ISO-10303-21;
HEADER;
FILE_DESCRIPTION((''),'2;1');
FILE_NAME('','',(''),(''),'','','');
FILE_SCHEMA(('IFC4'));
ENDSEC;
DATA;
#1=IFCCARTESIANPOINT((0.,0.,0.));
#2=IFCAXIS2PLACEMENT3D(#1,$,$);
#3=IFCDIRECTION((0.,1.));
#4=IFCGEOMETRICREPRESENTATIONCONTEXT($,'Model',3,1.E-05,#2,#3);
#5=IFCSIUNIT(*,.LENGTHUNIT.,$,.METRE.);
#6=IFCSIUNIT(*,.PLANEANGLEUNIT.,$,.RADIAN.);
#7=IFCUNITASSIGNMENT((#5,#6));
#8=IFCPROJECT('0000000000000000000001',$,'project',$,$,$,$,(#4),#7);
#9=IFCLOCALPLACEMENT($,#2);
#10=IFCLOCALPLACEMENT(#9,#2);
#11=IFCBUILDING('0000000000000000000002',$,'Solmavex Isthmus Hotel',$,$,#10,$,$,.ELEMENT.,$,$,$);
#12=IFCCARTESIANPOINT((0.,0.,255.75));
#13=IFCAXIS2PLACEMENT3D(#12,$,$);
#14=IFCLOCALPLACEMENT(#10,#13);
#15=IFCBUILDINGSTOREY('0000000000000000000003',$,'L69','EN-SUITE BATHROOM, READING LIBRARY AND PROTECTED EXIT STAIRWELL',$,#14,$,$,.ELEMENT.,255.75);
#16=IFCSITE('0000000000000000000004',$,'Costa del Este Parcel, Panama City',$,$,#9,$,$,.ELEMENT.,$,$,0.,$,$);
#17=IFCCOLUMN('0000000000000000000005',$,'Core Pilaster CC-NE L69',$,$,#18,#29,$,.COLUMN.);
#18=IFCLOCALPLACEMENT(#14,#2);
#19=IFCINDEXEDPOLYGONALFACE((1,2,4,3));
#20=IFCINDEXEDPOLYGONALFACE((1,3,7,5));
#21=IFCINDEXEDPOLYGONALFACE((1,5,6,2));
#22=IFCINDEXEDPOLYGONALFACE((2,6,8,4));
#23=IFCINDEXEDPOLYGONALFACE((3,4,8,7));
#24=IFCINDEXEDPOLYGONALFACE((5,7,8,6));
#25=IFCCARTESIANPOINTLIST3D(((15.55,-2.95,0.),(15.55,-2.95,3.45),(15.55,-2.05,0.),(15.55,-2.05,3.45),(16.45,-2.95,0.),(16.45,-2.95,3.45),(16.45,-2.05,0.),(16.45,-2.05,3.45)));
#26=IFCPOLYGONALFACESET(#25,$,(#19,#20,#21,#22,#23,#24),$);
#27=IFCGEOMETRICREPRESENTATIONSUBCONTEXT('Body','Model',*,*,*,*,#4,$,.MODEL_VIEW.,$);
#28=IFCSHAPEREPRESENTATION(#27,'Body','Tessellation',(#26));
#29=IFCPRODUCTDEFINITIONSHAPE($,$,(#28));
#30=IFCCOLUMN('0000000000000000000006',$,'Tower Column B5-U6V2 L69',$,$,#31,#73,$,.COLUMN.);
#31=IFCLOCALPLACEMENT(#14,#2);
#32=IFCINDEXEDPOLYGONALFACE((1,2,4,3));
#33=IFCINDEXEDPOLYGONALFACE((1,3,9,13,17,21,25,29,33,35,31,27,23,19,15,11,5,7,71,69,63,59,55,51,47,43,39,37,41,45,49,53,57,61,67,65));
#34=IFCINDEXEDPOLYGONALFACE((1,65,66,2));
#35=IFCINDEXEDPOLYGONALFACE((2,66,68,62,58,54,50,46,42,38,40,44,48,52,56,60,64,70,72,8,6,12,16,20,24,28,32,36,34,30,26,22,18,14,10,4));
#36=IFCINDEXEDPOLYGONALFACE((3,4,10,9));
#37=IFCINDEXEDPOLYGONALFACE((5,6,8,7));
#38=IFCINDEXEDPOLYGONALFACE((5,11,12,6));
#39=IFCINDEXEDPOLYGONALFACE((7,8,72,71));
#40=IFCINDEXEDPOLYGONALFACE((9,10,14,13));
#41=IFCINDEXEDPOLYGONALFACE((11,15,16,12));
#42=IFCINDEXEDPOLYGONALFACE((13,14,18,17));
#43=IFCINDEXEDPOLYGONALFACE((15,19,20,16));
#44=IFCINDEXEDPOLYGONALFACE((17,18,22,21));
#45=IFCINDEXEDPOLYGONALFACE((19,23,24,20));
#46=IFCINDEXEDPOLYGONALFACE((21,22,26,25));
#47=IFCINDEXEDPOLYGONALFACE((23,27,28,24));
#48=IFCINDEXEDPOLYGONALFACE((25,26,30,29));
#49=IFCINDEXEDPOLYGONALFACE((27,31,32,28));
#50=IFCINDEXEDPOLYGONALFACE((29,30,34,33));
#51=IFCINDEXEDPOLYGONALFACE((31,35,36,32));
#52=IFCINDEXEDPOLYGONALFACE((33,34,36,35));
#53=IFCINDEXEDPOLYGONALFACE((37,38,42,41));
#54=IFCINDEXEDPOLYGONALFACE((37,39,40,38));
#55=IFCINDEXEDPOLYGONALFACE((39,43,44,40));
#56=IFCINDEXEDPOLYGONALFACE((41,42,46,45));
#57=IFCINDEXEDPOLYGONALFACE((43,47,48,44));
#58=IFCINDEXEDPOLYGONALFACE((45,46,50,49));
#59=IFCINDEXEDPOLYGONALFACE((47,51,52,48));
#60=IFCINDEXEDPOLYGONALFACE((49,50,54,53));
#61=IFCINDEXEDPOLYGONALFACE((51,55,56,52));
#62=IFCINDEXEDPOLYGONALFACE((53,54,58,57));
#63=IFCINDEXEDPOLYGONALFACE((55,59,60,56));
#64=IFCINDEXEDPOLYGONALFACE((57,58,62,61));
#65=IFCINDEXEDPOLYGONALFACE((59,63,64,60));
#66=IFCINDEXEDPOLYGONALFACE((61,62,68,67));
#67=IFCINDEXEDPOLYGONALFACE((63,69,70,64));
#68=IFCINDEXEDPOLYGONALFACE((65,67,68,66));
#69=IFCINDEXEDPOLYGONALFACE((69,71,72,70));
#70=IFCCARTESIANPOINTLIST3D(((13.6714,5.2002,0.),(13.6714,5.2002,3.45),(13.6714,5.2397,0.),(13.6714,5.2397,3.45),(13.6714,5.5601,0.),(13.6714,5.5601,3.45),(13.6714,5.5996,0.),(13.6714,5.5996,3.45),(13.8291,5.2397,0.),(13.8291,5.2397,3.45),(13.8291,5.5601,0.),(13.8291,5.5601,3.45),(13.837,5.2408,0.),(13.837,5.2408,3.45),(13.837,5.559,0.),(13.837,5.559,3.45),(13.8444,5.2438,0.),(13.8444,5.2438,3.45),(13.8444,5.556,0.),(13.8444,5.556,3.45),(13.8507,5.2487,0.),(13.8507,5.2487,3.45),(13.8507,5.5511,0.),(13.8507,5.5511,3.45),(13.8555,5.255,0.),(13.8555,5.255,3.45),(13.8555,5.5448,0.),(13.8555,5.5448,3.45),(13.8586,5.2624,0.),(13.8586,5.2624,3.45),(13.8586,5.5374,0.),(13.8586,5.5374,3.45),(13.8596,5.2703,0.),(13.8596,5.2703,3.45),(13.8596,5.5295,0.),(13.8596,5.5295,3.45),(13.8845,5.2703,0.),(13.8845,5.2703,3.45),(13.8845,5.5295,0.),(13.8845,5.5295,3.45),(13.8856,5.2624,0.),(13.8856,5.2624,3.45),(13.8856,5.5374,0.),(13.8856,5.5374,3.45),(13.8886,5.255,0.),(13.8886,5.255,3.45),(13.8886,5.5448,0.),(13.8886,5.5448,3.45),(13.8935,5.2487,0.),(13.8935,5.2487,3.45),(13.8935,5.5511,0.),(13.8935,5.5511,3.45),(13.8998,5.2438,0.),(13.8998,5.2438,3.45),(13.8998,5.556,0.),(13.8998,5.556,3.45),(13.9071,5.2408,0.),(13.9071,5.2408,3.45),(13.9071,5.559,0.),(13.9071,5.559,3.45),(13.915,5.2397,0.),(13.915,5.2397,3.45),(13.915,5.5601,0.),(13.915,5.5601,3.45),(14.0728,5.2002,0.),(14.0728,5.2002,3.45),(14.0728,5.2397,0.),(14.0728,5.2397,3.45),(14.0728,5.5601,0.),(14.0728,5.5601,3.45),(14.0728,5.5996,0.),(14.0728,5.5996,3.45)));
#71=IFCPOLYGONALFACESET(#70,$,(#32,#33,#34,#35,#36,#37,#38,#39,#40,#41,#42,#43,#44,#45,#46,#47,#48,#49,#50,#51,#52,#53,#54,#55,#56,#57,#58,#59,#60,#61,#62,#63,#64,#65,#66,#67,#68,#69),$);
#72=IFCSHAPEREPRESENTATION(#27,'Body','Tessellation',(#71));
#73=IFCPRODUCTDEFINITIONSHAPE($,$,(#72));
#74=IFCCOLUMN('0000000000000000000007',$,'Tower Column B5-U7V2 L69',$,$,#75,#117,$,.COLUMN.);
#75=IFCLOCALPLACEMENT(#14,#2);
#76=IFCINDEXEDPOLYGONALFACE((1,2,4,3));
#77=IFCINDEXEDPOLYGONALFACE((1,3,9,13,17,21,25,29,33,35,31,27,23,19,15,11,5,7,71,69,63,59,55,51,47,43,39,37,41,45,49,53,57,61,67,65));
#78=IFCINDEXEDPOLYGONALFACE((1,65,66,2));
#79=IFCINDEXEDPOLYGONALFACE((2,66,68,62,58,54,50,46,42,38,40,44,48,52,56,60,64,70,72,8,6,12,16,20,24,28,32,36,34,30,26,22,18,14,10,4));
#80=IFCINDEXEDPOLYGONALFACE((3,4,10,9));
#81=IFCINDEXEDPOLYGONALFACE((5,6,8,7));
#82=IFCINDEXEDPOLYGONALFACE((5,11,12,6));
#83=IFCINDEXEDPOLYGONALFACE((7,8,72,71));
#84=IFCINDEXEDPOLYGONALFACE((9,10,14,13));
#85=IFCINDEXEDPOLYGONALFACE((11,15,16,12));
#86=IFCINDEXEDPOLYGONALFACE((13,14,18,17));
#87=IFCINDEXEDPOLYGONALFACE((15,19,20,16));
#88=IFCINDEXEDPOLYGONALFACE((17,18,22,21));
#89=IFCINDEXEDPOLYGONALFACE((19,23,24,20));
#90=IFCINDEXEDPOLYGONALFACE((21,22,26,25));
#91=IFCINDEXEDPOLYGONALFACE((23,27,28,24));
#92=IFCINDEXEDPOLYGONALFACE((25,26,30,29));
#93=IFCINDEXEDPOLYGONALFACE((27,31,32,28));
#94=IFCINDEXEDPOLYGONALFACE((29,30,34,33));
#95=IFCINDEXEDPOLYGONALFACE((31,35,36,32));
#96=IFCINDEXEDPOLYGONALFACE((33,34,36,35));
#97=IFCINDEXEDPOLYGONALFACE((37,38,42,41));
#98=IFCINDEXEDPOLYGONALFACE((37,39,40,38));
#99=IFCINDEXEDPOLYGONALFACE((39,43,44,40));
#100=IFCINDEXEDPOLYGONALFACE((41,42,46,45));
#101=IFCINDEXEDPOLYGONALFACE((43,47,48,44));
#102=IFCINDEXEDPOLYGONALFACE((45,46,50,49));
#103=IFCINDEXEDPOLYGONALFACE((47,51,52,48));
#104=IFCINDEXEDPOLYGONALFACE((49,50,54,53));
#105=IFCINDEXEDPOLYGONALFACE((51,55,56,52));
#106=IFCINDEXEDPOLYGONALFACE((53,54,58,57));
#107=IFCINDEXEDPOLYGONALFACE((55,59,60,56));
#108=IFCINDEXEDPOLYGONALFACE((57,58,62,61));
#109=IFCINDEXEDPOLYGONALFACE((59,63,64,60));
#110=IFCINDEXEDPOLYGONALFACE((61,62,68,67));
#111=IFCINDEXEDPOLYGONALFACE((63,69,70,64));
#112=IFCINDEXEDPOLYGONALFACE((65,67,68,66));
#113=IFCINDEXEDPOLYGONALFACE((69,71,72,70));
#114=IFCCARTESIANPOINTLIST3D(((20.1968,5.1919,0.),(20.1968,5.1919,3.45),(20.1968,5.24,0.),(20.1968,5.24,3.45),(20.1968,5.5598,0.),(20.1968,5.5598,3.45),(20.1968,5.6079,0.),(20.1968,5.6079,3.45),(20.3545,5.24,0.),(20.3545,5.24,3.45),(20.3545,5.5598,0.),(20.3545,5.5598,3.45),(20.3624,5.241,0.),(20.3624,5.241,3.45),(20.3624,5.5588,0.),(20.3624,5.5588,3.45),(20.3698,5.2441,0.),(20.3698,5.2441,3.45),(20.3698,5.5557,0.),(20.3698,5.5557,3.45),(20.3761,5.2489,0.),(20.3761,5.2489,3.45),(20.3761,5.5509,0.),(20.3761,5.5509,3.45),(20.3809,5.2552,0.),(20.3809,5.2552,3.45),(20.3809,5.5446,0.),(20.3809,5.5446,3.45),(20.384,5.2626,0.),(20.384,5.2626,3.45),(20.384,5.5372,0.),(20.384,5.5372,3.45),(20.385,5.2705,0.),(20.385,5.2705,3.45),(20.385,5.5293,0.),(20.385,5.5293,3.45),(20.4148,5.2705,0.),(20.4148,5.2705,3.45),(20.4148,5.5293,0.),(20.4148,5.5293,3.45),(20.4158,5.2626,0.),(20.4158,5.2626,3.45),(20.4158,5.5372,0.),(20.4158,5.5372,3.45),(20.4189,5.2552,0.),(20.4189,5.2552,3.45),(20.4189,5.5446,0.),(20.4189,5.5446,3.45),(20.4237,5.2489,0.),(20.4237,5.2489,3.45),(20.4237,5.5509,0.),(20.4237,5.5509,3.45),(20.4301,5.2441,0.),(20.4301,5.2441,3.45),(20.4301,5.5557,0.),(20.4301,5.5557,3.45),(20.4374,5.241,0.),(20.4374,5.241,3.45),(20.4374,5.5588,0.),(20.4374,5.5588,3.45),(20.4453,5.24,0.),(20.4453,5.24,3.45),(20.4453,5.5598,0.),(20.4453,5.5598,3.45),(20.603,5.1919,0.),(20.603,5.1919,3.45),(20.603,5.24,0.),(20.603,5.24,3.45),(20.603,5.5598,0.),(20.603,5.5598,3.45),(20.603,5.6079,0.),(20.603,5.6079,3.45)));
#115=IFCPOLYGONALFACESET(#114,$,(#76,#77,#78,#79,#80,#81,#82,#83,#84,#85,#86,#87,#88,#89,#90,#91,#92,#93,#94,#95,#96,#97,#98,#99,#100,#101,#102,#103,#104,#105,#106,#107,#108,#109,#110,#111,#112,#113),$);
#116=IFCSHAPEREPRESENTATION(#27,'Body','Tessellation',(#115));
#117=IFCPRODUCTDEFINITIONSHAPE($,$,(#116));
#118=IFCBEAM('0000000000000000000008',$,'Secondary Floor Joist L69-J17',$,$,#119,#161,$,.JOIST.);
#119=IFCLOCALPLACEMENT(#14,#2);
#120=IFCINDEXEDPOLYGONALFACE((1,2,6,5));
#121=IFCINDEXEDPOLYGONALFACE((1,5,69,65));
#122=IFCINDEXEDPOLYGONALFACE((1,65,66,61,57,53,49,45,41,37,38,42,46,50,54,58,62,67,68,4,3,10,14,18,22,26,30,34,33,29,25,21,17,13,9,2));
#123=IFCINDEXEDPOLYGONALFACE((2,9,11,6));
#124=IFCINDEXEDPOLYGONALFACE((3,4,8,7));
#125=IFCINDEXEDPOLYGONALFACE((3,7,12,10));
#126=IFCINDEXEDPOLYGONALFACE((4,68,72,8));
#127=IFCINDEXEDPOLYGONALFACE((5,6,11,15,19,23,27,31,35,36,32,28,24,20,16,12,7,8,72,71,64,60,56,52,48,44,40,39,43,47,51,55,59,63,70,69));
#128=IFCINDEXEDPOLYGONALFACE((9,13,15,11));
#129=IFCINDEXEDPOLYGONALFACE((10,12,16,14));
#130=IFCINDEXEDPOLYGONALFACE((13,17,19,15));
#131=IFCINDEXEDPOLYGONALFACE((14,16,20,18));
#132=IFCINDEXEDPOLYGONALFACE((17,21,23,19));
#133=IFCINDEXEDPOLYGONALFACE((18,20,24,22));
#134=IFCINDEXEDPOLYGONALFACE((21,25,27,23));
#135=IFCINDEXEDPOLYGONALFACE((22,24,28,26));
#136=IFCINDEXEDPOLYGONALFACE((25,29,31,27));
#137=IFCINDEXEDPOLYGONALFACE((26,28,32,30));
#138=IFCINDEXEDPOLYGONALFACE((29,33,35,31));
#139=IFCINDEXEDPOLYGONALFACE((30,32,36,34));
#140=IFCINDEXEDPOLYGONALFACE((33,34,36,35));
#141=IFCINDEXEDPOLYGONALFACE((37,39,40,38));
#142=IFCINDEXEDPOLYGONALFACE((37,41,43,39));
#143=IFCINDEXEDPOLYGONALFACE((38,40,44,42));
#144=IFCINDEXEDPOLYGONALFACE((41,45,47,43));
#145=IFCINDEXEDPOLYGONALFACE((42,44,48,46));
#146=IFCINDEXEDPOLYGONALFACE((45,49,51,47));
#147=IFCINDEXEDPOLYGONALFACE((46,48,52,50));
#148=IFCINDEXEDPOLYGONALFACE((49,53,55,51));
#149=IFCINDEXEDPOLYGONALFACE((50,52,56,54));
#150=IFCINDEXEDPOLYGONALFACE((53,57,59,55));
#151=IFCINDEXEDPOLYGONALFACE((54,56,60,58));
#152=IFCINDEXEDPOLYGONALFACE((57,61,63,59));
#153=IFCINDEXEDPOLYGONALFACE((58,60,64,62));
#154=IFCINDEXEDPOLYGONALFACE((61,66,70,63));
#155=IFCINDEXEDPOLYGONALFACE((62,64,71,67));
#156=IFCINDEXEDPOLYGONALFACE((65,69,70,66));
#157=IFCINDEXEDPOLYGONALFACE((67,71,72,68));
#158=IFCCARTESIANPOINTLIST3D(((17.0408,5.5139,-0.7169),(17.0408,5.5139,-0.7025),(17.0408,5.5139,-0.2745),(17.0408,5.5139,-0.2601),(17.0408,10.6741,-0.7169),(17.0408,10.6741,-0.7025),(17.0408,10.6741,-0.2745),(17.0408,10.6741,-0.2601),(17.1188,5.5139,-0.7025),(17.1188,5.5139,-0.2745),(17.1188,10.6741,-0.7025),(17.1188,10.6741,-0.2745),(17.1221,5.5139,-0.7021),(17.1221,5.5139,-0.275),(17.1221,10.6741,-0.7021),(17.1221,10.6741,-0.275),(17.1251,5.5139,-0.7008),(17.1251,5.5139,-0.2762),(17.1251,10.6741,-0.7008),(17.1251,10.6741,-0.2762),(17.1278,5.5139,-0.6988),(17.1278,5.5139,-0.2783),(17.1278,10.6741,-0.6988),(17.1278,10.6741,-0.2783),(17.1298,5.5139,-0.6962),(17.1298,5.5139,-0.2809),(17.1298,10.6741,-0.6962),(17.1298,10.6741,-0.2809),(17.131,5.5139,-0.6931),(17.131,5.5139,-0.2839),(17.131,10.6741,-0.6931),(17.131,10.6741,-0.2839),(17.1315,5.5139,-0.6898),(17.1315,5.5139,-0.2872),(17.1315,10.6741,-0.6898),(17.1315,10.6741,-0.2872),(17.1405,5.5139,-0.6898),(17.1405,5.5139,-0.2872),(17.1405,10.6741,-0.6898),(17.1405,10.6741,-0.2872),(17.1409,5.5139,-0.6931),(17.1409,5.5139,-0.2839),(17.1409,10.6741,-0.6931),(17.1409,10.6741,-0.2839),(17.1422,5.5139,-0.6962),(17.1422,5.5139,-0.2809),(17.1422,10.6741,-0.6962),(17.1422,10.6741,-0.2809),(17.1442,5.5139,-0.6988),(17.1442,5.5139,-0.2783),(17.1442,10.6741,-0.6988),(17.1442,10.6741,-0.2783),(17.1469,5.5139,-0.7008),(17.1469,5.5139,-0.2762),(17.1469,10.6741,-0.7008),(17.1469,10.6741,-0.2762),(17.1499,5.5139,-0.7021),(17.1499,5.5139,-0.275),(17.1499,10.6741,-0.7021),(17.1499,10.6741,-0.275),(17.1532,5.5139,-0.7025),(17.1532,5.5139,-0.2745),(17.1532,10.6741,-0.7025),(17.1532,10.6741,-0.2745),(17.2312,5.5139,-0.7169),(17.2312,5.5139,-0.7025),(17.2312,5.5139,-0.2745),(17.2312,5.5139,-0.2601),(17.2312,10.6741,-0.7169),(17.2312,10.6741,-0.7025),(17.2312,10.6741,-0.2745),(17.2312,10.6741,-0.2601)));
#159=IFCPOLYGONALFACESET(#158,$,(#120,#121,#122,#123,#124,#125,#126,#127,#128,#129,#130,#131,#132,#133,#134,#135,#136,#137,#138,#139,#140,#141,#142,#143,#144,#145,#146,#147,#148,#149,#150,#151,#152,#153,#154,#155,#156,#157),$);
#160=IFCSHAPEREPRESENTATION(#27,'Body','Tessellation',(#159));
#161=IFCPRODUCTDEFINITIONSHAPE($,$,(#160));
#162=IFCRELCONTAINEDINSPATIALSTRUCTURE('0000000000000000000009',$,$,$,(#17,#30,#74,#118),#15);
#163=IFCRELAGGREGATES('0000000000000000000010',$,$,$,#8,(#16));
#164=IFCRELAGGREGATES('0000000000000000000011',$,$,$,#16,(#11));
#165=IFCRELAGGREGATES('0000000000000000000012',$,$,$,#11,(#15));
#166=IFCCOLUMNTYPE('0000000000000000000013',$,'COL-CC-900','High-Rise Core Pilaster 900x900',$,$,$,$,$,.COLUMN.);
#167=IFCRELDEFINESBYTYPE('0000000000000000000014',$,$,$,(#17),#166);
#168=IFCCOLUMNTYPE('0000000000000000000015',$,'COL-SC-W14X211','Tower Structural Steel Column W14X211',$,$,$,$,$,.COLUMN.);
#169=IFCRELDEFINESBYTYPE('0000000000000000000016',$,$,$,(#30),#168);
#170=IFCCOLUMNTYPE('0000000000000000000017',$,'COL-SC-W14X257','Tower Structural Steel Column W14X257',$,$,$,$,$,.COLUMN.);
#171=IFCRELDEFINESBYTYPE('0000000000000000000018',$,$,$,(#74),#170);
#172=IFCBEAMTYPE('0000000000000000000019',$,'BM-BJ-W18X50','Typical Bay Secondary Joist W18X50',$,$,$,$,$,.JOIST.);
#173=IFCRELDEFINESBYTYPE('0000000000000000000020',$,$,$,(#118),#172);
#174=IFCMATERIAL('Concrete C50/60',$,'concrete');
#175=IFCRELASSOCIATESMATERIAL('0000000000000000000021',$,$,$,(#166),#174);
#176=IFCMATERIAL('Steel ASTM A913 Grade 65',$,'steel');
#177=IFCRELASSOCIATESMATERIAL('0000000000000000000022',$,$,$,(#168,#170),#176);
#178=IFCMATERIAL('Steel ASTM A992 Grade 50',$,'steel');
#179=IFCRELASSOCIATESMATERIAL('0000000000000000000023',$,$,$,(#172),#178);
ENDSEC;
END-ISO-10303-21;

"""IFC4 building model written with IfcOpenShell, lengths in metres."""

from ifc_helpers import new_model, si_unit, direction, frame, origin, origin_2d, place, context, subcontext, project, spatial, rectangle, i_section, extrude, material, material_profile, profile_set, type_object, element, save


model = new_model("IFC4")

# Units and contexts
model_context = context("Model", 3, precision=1e-05, world=origin(), true_north=direction((0.0, 1.0)))
body_context = subcontext(model_context, "Body", "Model", "MODEL_VIEW")
ifc_project = project(units=[si_unit("LENGTHUNIT", "METRE"), si_unit("PLANEANGLEUNIT", "RADIAN")], contexts=[model_context])

# Site, building, storey
site_placement = place(None, origin())
site = spatial("IfcSite", under=ifc_project, at=site_placement, Name="Costa del Este Parcel, Panama City", CompositionType="ELEMENT", RefElevation=0.0)
building_placement = place(site_placement, origin())
building = spatial("IfcBuilding", under=site, at=building_placement, Name="Solmavex Isthmus Hotel", CompositionType="ELEMENT")
storey_placement = place(building_placement, frame((0.0, 0.0, 255.75)))
storey = spatial("IfcBuildingStorey", under=building, at=storey_placement, Name="L69", Description="EN-SUITE BATHROOM, READING LIBRARY AND PROTECTED EXIT STAIRWELL", CompositionType="ELEMENT", Elevation=255.75)

# Columns
ifc_material_1 = material(Name="Concrete C50/60", Category="concrete")
ifc_material_profile_1 = material_profile(ifc_material_1, rectangle(XDim=0.8999, YDim=0.8999, at=origin_2d()), Name="RC900X900")
ifc_profile_set_1 = profile_set([ifc_material_profile_1], Name="Concrete C50/60")
column_type_1 = type_object("IfcColumnType", Name="COL-CC-900", Description="High-Rise Core Pilaster 900x900", PredefinedType="COLUMN", material=ifc_profile_set_1)
column_1_placement = place(storey_placement, frame((16.0, -2.5, 0.0), z_axis=(0.0, 0.0, 1.0), x_axis=(1.0, 0.0, 0.0)))
element("IfcColumn", 1, at=column_1_placement, inside=storey, type_object=column_type_1, Name="Core Pilaster CC-NE L69", PredefinedType="COLUMN", context=body_context, shape_type="SweptSolid", body=[
    extrude(rectangle(XDim=0.8999, YDim=0.8999, at=origin_2d()), origin(), (0.0, 0.0, 1.0), 3.45),
])
ifc_material_2 = material(Name="Steel ASTM A913 Grade 65", Category="steel")
ifc_material_profile_2 = material_profile(ifc_material_2, i_section(OverallWidth=0.4014, OverallDepth=0.3994, WebThickness=0.0249, FlangeThickness=0.0396, FilletRadius=0.0305, at=origin_2d()), Name="W14X211")
ifc_profile_set_2 = profile_set([ifc_material_profile_2], Name="Steel ASTM A913 Grade 65")
column_type_2 = type_object("IfcColumnType", Name="COL-SC-W14X211", Description="Tower Structural Steel Column W14X211", PredefinedType="COLUMN", material=ifc_profile_set_2)
column_2_placement = place(storey_placement, frame((13.8721, 5.3999, 0.0), z_axis=(0.0, 0.0, 1.0), x_axis=(1.0, 0.0, 0.0)))
element("IfcColumn", 2, at=column_2_placement, inside=storey, type_object=column_type_2, Name="Tower Column B5-U6V2 L69", PredefinedType="COLUMN", context=body_context, shape_type="SweptSolid", body=[
    extrude(i_section(OverallWidth=0.4014, OverallDepth=0.3994, WebThickness=0.0249, FlangeThickness=0.0396, FilletRadius=0.0305, at=origin_2d()), origin(), (0.0, 0.0, 1.0), 3.45),
])
ifc_material_profile_3 = material_profile(ifc_material_2, i_section(OverallWidth=0.4062, OverallDepth=0.416, WebThickness=0.0298, FlangeThickness=0.0481, FilletRadius=0.0305, at=origin_2d()), Name="W14X257")
ifc_profile_set_3 = profile_set([ifc_material_profile_3], Name="Steel ASTM A913 Grade 65")
column_type_3 = type_object("IfcColumnType", Name="COL-SC-W14X257", Description="Tower Structural Steel Column W14X257", PredefinedType="COLUMN", material=ifc_profile_set_3)
column_3_placement = place(storey_placement, frame((20.3999, 5.3999, 0.0), z_axis=(0.0, 0.0, 1.0), x_axis=(1.0, 0.0, 0.0)))
element("IfcColumn", 3, at=column_3_placement, inside=storey, type_object=column_type_3, Name="Tower Column B5-U7V2 L69", PredefinedType="COLUMN", context=body_context, shape_type="SweptSolid", body=[
    extrude(i_section(OverallWidth=0.4062, OverallDepth=0.416, WebThickness=0.0298, FlangeThickness=0.0481, FilletRadius=0.0305, at=origin_2d()), origin(), (0.0, 0.0, 1.0), 3.45),
])

# Beam
ifc_material_3 = material(Name="Steel ASTM A992 Grade 50", Category="steel")
ifc_material_profile_4 = material_profile(ifc_material_3, i_section(OverallWidth=0.1904, OverallDepth=0.4568, WebThickness=0.009, FlangeThickness=0.0144, FilletRadius=0.0127, at=origin_2d()), Name="W18X50")
ifc_profile_set_4 = profile_set([ifc_material_profile_4], Name="Steel ASTM A992 Grade 50")
beam_type_1 = type_object("IfcBeamType", Name="BM-BJ-W18X50", Description="Typical Bay Secondary Joist W18X50", PredefinedType="JOIST", material=ifc_profile_set_4)
beam_1_placement = place(storey_placement, frame((17.136, 5.5139, -0.4885), z_axis=(0.0, 1.0, 0.0), x_axis=(-1.0, 0.0, 0.0)))
element("IfcBeam", 4, at=beam_1_placement, inside=storey, type_object=beam_type_1, Name="Secondary Floor Joist L69-J17", PredefinedType="JOIST", context=body_context, shape_type="SweptSolid", body=[
    extrude(i_section(OverallWidth=0.1904, OverallDepth=0.4568, WebThickness=0.009, FlangeThickness=0.0144, FilletRadius=0.0127, at=origin_2d()), origin(), (0.0, 0.0, 1.0), 5.1602),
])

save(model, "model.ifc")
